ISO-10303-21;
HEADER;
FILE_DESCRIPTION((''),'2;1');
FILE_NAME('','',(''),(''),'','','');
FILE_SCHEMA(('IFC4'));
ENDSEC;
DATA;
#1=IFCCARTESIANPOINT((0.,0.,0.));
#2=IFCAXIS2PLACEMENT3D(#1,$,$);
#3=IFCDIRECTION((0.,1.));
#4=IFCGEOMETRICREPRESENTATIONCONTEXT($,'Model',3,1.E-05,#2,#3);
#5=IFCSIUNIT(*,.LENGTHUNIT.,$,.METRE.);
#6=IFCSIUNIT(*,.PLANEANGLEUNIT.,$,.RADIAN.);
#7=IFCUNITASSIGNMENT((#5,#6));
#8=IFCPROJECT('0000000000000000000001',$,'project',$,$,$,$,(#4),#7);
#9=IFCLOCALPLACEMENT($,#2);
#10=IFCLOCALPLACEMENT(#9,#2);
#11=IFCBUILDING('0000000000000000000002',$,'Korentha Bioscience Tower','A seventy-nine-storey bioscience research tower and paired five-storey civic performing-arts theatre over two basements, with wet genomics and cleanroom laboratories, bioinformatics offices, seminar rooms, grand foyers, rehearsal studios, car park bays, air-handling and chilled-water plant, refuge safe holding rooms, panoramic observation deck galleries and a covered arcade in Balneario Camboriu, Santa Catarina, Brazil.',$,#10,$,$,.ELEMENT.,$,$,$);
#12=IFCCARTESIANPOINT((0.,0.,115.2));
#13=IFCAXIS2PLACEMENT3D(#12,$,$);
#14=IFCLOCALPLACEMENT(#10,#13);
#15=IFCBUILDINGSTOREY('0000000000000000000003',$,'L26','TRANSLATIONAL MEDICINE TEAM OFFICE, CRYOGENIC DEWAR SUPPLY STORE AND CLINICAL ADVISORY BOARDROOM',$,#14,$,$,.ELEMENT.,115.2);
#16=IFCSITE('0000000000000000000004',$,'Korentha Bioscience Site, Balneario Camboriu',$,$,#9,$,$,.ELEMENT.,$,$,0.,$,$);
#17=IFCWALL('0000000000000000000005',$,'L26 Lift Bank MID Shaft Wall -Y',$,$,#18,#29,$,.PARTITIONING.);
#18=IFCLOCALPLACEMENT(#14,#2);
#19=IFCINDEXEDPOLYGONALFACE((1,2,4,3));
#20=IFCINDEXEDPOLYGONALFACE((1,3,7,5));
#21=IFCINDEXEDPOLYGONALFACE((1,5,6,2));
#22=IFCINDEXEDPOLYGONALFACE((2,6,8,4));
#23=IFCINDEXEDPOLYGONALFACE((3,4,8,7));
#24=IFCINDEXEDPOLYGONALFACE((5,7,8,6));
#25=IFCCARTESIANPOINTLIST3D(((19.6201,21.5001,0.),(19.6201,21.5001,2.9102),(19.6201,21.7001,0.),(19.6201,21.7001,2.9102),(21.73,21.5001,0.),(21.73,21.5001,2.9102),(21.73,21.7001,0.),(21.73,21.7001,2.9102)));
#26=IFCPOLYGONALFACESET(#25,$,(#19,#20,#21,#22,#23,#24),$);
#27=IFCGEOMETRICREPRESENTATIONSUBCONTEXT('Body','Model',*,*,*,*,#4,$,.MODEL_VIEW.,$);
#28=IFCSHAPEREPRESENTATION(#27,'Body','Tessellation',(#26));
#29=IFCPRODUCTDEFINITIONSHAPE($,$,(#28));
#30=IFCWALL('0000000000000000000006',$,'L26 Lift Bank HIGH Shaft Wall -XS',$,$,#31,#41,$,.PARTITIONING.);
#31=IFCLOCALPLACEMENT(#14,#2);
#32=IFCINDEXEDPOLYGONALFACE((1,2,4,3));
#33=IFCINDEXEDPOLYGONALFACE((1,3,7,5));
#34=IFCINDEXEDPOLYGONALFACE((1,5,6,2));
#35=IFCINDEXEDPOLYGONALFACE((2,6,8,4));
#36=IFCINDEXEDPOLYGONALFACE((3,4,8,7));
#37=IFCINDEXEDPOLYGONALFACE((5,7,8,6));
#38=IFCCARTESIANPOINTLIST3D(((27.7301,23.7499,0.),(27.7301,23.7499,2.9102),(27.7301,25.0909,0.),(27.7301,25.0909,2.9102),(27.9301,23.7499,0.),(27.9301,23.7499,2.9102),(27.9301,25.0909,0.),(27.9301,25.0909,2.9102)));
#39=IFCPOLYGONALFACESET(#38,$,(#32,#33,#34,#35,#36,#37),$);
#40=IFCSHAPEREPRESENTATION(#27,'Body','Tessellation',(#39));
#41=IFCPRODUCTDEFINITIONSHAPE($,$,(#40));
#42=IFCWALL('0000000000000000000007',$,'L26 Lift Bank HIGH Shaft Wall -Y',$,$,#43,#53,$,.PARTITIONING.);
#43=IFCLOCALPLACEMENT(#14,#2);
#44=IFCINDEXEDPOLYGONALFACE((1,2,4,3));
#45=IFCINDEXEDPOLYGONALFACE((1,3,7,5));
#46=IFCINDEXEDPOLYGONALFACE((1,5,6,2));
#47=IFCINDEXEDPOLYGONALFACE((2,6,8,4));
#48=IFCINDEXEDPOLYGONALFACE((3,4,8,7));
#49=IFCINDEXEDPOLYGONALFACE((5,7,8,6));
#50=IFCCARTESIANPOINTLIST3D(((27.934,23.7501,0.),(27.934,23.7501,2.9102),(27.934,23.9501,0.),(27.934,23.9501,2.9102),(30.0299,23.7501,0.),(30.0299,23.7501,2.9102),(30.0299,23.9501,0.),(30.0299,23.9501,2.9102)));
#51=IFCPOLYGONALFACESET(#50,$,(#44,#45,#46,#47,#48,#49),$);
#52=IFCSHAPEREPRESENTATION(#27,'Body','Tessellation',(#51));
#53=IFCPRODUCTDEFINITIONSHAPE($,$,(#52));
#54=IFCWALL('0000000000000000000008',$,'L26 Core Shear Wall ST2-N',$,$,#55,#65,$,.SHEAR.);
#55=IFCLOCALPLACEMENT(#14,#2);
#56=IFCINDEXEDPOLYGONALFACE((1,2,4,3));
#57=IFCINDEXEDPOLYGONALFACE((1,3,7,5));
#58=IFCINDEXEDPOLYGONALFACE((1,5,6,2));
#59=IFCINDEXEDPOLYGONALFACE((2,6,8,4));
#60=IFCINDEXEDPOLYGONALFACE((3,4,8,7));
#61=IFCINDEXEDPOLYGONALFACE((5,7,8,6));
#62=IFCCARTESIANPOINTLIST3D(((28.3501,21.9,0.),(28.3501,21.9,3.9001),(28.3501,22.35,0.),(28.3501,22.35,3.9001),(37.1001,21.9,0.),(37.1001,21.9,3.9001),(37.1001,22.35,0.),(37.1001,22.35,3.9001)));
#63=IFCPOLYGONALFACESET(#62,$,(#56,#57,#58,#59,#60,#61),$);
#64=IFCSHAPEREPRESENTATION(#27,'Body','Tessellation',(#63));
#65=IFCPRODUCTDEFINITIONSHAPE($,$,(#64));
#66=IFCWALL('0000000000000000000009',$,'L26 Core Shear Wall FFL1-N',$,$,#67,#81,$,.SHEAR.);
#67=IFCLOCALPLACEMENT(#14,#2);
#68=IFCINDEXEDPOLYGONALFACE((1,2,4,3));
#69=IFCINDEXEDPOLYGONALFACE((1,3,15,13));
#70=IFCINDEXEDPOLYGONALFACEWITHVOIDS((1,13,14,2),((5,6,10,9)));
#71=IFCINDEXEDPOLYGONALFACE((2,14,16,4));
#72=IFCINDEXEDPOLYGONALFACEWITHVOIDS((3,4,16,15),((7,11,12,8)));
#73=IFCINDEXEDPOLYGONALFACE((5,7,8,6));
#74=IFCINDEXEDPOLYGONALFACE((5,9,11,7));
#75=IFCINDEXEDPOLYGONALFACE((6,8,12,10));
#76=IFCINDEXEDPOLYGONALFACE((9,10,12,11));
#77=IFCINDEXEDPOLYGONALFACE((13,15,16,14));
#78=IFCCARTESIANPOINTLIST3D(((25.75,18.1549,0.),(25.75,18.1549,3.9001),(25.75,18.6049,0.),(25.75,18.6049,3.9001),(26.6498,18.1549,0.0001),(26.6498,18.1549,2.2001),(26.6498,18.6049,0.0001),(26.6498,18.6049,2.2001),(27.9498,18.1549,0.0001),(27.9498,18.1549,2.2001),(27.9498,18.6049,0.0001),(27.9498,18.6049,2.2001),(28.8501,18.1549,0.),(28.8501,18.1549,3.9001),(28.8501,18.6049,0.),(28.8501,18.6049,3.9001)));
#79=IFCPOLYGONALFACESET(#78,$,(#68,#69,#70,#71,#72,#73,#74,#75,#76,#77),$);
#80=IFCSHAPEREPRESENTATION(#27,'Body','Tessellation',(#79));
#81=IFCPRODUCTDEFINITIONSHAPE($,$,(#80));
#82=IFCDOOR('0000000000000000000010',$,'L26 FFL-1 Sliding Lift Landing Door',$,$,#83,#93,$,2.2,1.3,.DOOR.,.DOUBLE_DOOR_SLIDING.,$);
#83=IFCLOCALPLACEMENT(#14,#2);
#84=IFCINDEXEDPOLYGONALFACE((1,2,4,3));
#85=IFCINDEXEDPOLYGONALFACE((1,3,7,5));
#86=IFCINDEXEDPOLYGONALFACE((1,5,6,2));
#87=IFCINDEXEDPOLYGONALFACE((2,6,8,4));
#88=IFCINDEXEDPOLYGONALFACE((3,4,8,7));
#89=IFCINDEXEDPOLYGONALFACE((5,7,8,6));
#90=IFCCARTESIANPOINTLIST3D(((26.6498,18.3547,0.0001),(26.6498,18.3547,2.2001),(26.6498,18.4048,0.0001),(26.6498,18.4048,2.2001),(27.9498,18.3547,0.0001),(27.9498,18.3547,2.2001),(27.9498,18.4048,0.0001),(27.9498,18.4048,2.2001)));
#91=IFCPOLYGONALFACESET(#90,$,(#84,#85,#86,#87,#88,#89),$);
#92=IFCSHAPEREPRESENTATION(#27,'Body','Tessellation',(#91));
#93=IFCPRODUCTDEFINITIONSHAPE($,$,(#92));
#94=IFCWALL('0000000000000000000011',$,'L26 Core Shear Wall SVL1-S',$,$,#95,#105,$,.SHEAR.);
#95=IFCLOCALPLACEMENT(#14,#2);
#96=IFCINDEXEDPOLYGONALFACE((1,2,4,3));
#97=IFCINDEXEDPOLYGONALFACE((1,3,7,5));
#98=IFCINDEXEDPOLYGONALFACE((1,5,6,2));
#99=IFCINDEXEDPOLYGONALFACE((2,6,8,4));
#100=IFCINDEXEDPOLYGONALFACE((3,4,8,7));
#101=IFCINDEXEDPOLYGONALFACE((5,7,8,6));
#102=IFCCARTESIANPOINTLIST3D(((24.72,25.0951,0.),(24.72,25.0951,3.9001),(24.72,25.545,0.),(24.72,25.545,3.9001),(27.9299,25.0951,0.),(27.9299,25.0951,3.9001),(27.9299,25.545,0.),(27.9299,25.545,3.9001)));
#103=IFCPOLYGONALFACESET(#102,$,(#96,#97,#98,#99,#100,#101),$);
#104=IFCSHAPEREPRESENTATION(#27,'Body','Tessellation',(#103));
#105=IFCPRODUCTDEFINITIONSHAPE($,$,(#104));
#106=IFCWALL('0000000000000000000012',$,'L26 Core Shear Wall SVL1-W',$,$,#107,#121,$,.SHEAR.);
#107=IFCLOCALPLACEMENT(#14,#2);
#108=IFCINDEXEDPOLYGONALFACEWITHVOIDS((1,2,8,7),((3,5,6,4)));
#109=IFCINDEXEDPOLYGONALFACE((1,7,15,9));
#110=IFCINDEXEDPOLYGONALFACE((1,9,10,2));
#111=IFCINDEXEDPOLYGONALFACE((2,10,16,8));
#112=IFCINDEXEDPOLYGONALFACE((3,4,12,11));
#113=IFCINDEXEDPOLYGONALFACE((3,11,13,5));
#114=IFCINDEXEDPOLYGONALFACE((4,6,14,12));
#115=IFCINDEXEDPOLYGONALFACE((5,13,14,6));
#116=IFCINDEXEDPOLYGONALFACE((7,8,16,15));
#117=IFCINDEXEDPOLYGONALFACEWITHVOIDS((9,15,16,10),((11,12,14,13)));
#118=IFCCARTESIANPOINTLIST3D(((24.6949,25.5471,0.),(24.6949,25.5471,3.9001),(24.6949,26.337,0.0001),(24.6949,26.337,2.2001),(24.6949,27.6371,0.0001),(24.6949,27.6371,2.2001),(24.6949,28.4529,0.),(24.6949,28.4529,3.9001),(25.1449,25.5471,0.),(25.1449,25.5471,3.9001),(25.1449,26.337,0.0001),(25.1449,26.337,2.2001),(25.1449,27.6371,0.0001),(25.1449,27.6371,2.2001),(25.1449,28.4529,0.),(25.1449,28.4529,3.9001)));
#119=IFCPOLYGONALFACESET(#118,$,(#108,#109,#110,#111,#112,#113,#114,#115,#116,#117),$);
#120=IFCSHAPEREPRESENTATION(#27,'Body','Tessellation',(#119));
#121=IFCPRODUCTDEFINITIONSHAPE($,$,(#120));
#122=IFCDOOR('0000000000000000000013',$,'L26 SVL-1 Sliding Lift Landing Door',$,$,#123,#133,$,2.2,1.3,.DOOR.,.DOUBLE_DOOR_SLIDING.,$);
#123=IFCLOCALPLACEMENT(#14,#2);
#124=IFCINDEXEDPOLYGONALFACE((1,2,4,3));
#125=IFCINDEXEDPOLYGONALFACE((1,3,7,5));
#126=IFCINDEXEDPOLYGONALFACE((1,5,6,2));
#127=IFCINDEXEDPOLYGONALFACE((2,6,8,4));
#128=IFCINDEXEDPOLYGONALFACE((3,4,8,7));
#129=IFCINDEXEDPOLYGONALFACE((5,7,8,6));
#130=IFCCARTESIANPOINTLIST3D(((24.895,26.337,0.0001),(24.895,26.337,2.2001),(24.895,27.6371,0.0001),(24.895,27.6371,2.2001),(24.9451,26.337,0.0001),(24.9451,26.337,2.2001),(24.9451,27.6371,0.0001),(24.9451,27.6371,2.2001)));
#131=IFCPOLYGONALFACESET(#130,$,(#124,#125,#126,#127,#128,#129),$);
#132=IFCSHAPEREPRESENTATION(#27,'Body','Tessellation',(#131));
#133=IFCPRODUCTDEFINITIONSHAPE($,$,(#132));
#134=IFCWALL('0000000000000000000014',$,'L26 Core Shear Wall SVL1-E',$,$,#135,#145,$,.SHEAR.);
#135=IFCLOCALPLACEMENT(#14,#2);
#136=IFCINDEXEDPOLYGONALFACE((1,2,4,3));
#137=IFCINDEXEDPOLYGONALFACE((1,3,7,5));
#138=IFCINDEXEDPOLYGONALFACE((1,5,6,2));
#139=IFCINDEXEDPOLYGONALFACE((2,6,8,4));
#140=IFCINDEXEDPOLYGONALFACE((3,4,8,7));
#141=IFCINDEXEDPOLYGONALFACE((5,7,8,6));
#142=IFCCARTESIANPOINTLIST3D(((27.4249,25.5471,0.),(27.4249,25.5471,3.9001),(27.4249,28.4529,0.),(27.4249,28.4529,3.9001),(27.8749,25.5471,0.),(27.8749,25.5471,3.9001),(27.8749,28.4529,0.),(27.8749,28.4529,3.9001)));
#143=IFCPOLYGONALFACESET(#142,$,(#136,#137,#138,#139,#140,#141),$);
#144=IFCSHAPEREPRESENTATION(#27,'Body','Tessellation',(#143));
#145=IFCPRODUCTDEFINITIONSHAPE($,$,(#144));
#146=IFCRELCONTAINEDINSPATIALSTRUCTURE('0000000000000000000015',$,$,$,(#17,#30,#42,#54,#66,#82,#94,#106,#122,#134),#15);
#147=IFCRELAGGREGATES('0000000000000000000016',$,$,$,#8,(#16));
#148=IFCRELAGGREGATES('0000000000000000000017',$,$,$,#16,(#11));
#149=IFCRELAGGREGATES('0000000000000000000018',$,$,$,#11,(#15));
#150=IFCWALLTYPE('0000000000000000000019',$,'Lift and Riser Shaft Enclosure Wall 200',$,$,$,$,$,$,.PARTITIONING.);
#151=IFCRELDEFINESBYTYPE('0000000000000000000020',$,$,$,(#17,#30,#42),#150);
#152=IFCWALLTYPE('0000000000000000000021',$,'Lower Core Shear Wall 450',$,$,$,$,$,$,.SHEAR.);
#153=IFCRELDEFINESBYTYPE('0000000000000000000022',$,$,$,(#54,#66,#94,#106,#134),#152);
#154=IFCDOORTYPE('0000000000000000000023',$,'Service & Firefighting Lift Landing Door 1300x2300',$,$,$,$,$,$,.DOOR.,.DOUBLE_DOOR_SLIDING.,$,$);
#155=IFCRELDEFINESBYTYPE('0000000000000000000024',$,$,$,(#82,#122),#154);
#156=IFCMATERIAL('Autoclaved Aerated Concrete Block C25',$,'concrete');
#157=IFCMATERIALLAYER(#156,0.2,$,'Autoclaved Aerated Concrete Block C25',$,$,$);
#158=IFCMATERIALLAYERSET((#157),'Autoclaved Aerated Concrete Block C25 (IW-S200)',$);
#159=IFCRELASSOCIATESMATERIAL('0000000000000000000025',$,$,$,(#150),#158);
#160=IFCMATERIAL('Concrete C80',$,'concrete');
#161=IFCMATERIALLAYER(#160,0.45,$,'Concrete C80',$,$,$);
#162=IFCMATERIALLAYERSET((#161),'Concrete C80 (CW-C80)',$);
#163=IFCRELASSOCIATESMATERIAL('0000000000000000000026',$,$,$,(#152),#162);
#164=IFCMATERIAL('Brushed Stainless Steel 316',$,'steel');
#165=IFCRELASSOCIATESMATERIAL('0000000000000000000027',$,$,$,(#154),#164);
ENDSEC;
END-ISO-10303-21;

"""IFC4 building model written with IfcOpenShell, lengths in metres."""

from ifc_helpers import new_model, si_unit, direction, frame, frame_2d, origin, place, context, subcontext, project, spatial, rectangle, extrude, material, layer, layer_set, type_object, element, fill, save


model = new_model("IFC4")

# Units and contexts
model_context = context("Model", 3, precision=1e-05, world=origin(), true_north=direction((0.0, 1.0)))
body_context = subcontext(model_context, "Body", "Model", "MODEL_VIEW")
ifc_project = project(units=[si_unit("LENGTHUNIT", "METRE"), si_unit("PLANEANGLEUNIT", "RADIAN")], contexts=[model_context])

# Site, building, storey
site_placement = place(None, origin())
site = spatial("IfcSite", under=ifc_project, at=site_placement, Name="Korentha Bioscience Site, Balneario Camboriu", CompositionType="ELEMENT", RefElevation=0.0)
building_placement = place(site_placement, origin())
building = spatial("IfcBuilding", under=site, at=building_placement, Name="Korentha Bioscience Tower", Description="A seventy-nine-storey bioscience research tower and paired five-storey civic performing-arts theatre over two basements, with wet genomics and cleanroom laboratories, bioinformatics offices, seminar rooms, grand foyers, rehearsal studios, car park bays, air-handling and chilled-water plant, refuge safe holding rooms, panoramic observation deck galleries and a covered arcade in Balneario Camboriu, Santa Catarina, Brazil.", CompositionType="ELEMENT")
storey_placement = place(building_placement, frame((0.0, 0.0, 115.2)))
storey = spatial("IfcBuildingStorey", under=building, at=storey_placement, Name="L26", Description="TRANSLATIONAL MEDICINE TEAM OFFICE, CRYOGENIC DEWAR SUPPLY STORE AND CLINICAL ADVISORY BOARDROOM", CompositionType="ELEMENT", Elevation=115.2)

# Shared definitions
ifc_material_1 = material(Name="Concrete C80", Category="concrete")

# Walls
ifc_material_2 = material(Name="Autoclaved Aerated Concrete Block C25", Category="concrete")
ifc_layer_1 = layer(ifc_material_2, 0.2, Name="Autoclaved Aerated Concrete Block C25")
ifc_layer_set_1 = layer_set([ifc_layer_1], Name="Autoclaved Aerated Concrete Block C25 (IW-S200)")
wall_type_1 = type_object("IfcWallType", Name="Lift and Riser Shaft Enclosure Wall 200", PredefinedType="PARTITIONING", material=ifc_layer_set_1)
wall_1_placement = place(storey_placement, frame((19.6201, 21.6001, 0.0), z_axis=(0.0, 0.0, 1.0), x_axis=(1.0, 0.0, 0.0)))
element("IfcWall", 1, at=wall_1_placement, inside=storey, type_object=wall_type_1, Name="L26 Lift Bank MID Shaft Wall -Y", PredefinedType="PARTITIONING", context=body_context, shape_type="SweptSolid", body=[
    extrude(rectangle(XDim=2.1099, YDim=0.2, at=frame_2d((1.0549, 0.0))), origin(), (0.0, 0.0, 1.0), 2.9102),
])
wall_2_placement = place(storey_placement, frame((27.8301, 23.75, 0.0), z_axis=(0.0, 0.0, 1.0), x_axis=(0.0, 1.0, 0.0)))
element("IfcWall", 2, at=wall_2_placement, inside=storey, type_object=wall_type_1, Name="L26 Lift Bank HIGH Shaft Wall -XS", PredefinedType="PARTITIONING", context=body_context, shape_type="SweptSolid", body=[
    extrude(rectangle(XDim=1.3411, YDim=0.2, at=frame_2d((0.6704, 0.0))), origin(), (0.0, 0.0, 1.0), 2.9102),
])
wall_3_placement = place(storey_placement, frame((27.9341, 23.8501, 0.0), z_axis=(0.0, 0.0, 1.0), x_axis=(1.0, 0.0, 0.0)))
element("IfcWall", 3, at=wall_3_placement, inside=storey, type_object=wall_type_1, Name="L26 Lift Bank HIGH Shaft Wall -Y", PredefinedType="PARTITIONING", context=body_context, shape_type="SweptSolid", body=[
    extrude(rectangle(XDim=2.0959, YDim=0.2, at=frame_2d((1.0479, 0.0))), origin(), (0.0, 0.0, 1.0), 2.9102),
])
ifc_layer_2 = layer(ifc_material_1, 0.45, Name="Concrete C80")
ifc_layer_set_2 = layer_set([ifc_layer_2], Name="Concrete C80 (CW-C80)")
wall_type_2 = type_object("IfcWallType", Name="Lower Core Shear Wall 450", PredefinedType="SHEAR", material=ifc_layer_set_2)
wall_4_placement = place(storey_placement, frame((28.3501, 22.125, 0.0), z_axis=(0.0, 0.0, 1.0), x_axis=(1.0, 0.0, 0.0)))
element("IfcWall", 4, at=wall_4_placement, inside=storey, type_object=wall_type_2, Name="L26 Core Shear Wall ST2-N", PredefinedType="SHEAR", context=body_context, shape_type="SweptSolid", body=[
    extrude(rectangle(XDim=8.75, YDim=0.45, at=frame_2d((4.375, 0.0))), origin(), (0.0, 0.0, 1.0), 3.9001),
])

# Wall, opening, door
wall_5_placement = place(storey_placement, frame((25.75, 18.3799, 0.0), z_axis=(0.0, 0.0, 1.0), x_axis=(1.0, 0.0, 0.0)))
wall_5 = element("IfcWall", 5, at=wall_5_placement, inside=storey, type_object=wall_type_2, Name="L26 Core Shear Wall FFL1-N", PredefinedType="SHEAR", context=body_context, shape_type="SweptSolid", body=[
    extrude(rectangle(XDim=3.1001, YDim=0.45, at=frame_2d((1.55, 0.0))), origin(), (0.0, 0.0, 1.0), 3.9001),
])
opening_1_placement = place(wall_5_placement, frame((0.8999, 0.0, 0.0)))
opening_1 = element("IfcOpeningElement", 6, at=opening_1_placement, cuts=wall_5, PredefinedType="OPENING", context=body_context, shape_type="SweptSolid", body=[
    extrude(rectangle(XDim=1.3, YDim=2.2, at=frame_2d((0.6499, 1.1001))), frame((0.0, 0.2397, 0.0), z_axis=(0.0, -1.0, 0.0), x_axis=(1.0, 0.0, 0.0)), (0.0, 0.0, 1.0), 0.4797),
])
ifc_material_3 = material(Name="Brushed Stainless Steel 316", Category="steel")
door_type_1 = type_object("IfcDoorType", Name="Service & Firefighting Lift Landing Door 1300x2300", OperationType="DOUBLE_DOOR_SLIDING", PredefinedType="DOOR", material=ifc_material_3)
door_1_placement = place(opening_1_placement, origin())
door_1 = element("IfcDoor", 7, at=door_1_placement, inside=storey, type_object=door_type_1, Name="L26 FFL-1 Sliding Lift Landing Door", OperationType="DOUBLE_DOOR_SLIDING", OverallHeight=2.2, OverallWidth=1.3, PredefinedType="DOOR", context=body_context, shape_type="SweptSolid", body=[
    extrude(rectangle(XDim=1.3, YDim=2.2, at=frame_2d((0.6499, 1.1001))), frame((0.0, 0.0249, 0.0), z_axis=(0.0, -1.0, 0.0), x_axis=(1.0, 0.0, 0.0)), (0.0, 0.0, 1.0), 0.05),
])
fill(opening_1, door_1)

# Wall
wall_6_placement = place(storey_placement, frame((24.72, 25.3201, 0.0), z_axis=(0.0, 0.0, 1.0), x_axis=(1.0, 0.0, 0.0)))
element("IfcWall", 8, at=wall_6_placement, inside=storey, type_object=wall_type_2, Name="L26 Core Shear Wall SVL1-S", PredefinedType="SHEAR", context=body_context, shape_type="SweptSolid", body=[
    extrude(rectangle(XDim=3.21, YDim=0.45, at=frame_2d((1.605, 0.0))), origin(), (0.0, 0.0, 1.0), 3.9001),
])

# Wall, opening, door
wall_7_placement = place(storey_placement, frame((24.9199, 25.5471, 0.0), z_axis=(0.0, 0.0, 1.0), x_axis=(0.0, 1.0, 0.0)))
wall_7 = element("IfcWall", 9, at=wall_7_placement, inside=storey, type_object=wall_type_2, Name="L26 Core Shear Wall SVL1-W", PredefinedType="SHEAR", context=body_context, shape_type="SweptSolid", body=[
    extrude(rectangle(XDim=2.9058, YDim=0.45, at=frame_2d((1.4529, 0.0))), origin(), (0.0, 0.0, 1.0), 3.9001),
])
opening_2_placement = place(wall_7_placement, frame((0.79, 0.0, 0.0)))
opening_2 = element("IfcOpeningElement", 10, at=opening_2_placement, cuts=wall_7, PredefinedType="OPENING", context=body_context, shape_type="SweptSolid", body=[
    extrude(rectangle(XDim=1.3, YDim=2.2, at=frame_2d((0.6499, 1.1001))), frame((0.0, 0.2397, 0.0), z_axis=(0.0, -1.0, 0.0), x_axis=(1.0, 0.0, 0.0)), (0.0, 0.0, 1.0), 0.4797),
])
door_2_placement = place(opening_2_placement, origin())
door_2 = element("IfcDoor", 11, at=door_2_placement, inside=storey, type_object=door_type_1, Name="L26 SVL-1 Sliding Lift Landing Door", OperationType="DOUBLE_DOOR_SLIDING", OverallHeight=2.2, OverallWidth=1.3, PredefinedType="DOOR", context=body_context, shape_type="SweptSolid", body=[
    extrude(rectangle(XDim=1.3, YDim=2.2, at=frame_2d((0.6499, 1.1001))), frame((0.0, 0.0249, 0.0), z_axis=(0.0, -1.0, 0.0), x_axis=(1.0, 0.0, 0.0)), (0.0, 0.0, 1.0), 0.05),
])
fill(opening_2, door_2)

# Wall
wall_8_placement = place(storey_placement, frame((27.6499, 25.5471, 0.0), z_axis=(0.0, 0.0, 1.0), x_axis=(0.0, 1.0, 0.0)))
element("IfcWall", 12, at=wall_8_placement, inside=storey, type_object=wall_type_2, Name="L26 Core Shear Wall SVL1-E", PredefinedType="SHEAR", context=body_context, shape_type="SweptSolid", body=[
    extrude(rectangle(XDim=2.9058, YDim=0.45, at=frame_2d((1.4529, 0.0))), origin(), (0.0, 0.0, 1.0), 3.9001),
])

save(model, "model.ifc")
